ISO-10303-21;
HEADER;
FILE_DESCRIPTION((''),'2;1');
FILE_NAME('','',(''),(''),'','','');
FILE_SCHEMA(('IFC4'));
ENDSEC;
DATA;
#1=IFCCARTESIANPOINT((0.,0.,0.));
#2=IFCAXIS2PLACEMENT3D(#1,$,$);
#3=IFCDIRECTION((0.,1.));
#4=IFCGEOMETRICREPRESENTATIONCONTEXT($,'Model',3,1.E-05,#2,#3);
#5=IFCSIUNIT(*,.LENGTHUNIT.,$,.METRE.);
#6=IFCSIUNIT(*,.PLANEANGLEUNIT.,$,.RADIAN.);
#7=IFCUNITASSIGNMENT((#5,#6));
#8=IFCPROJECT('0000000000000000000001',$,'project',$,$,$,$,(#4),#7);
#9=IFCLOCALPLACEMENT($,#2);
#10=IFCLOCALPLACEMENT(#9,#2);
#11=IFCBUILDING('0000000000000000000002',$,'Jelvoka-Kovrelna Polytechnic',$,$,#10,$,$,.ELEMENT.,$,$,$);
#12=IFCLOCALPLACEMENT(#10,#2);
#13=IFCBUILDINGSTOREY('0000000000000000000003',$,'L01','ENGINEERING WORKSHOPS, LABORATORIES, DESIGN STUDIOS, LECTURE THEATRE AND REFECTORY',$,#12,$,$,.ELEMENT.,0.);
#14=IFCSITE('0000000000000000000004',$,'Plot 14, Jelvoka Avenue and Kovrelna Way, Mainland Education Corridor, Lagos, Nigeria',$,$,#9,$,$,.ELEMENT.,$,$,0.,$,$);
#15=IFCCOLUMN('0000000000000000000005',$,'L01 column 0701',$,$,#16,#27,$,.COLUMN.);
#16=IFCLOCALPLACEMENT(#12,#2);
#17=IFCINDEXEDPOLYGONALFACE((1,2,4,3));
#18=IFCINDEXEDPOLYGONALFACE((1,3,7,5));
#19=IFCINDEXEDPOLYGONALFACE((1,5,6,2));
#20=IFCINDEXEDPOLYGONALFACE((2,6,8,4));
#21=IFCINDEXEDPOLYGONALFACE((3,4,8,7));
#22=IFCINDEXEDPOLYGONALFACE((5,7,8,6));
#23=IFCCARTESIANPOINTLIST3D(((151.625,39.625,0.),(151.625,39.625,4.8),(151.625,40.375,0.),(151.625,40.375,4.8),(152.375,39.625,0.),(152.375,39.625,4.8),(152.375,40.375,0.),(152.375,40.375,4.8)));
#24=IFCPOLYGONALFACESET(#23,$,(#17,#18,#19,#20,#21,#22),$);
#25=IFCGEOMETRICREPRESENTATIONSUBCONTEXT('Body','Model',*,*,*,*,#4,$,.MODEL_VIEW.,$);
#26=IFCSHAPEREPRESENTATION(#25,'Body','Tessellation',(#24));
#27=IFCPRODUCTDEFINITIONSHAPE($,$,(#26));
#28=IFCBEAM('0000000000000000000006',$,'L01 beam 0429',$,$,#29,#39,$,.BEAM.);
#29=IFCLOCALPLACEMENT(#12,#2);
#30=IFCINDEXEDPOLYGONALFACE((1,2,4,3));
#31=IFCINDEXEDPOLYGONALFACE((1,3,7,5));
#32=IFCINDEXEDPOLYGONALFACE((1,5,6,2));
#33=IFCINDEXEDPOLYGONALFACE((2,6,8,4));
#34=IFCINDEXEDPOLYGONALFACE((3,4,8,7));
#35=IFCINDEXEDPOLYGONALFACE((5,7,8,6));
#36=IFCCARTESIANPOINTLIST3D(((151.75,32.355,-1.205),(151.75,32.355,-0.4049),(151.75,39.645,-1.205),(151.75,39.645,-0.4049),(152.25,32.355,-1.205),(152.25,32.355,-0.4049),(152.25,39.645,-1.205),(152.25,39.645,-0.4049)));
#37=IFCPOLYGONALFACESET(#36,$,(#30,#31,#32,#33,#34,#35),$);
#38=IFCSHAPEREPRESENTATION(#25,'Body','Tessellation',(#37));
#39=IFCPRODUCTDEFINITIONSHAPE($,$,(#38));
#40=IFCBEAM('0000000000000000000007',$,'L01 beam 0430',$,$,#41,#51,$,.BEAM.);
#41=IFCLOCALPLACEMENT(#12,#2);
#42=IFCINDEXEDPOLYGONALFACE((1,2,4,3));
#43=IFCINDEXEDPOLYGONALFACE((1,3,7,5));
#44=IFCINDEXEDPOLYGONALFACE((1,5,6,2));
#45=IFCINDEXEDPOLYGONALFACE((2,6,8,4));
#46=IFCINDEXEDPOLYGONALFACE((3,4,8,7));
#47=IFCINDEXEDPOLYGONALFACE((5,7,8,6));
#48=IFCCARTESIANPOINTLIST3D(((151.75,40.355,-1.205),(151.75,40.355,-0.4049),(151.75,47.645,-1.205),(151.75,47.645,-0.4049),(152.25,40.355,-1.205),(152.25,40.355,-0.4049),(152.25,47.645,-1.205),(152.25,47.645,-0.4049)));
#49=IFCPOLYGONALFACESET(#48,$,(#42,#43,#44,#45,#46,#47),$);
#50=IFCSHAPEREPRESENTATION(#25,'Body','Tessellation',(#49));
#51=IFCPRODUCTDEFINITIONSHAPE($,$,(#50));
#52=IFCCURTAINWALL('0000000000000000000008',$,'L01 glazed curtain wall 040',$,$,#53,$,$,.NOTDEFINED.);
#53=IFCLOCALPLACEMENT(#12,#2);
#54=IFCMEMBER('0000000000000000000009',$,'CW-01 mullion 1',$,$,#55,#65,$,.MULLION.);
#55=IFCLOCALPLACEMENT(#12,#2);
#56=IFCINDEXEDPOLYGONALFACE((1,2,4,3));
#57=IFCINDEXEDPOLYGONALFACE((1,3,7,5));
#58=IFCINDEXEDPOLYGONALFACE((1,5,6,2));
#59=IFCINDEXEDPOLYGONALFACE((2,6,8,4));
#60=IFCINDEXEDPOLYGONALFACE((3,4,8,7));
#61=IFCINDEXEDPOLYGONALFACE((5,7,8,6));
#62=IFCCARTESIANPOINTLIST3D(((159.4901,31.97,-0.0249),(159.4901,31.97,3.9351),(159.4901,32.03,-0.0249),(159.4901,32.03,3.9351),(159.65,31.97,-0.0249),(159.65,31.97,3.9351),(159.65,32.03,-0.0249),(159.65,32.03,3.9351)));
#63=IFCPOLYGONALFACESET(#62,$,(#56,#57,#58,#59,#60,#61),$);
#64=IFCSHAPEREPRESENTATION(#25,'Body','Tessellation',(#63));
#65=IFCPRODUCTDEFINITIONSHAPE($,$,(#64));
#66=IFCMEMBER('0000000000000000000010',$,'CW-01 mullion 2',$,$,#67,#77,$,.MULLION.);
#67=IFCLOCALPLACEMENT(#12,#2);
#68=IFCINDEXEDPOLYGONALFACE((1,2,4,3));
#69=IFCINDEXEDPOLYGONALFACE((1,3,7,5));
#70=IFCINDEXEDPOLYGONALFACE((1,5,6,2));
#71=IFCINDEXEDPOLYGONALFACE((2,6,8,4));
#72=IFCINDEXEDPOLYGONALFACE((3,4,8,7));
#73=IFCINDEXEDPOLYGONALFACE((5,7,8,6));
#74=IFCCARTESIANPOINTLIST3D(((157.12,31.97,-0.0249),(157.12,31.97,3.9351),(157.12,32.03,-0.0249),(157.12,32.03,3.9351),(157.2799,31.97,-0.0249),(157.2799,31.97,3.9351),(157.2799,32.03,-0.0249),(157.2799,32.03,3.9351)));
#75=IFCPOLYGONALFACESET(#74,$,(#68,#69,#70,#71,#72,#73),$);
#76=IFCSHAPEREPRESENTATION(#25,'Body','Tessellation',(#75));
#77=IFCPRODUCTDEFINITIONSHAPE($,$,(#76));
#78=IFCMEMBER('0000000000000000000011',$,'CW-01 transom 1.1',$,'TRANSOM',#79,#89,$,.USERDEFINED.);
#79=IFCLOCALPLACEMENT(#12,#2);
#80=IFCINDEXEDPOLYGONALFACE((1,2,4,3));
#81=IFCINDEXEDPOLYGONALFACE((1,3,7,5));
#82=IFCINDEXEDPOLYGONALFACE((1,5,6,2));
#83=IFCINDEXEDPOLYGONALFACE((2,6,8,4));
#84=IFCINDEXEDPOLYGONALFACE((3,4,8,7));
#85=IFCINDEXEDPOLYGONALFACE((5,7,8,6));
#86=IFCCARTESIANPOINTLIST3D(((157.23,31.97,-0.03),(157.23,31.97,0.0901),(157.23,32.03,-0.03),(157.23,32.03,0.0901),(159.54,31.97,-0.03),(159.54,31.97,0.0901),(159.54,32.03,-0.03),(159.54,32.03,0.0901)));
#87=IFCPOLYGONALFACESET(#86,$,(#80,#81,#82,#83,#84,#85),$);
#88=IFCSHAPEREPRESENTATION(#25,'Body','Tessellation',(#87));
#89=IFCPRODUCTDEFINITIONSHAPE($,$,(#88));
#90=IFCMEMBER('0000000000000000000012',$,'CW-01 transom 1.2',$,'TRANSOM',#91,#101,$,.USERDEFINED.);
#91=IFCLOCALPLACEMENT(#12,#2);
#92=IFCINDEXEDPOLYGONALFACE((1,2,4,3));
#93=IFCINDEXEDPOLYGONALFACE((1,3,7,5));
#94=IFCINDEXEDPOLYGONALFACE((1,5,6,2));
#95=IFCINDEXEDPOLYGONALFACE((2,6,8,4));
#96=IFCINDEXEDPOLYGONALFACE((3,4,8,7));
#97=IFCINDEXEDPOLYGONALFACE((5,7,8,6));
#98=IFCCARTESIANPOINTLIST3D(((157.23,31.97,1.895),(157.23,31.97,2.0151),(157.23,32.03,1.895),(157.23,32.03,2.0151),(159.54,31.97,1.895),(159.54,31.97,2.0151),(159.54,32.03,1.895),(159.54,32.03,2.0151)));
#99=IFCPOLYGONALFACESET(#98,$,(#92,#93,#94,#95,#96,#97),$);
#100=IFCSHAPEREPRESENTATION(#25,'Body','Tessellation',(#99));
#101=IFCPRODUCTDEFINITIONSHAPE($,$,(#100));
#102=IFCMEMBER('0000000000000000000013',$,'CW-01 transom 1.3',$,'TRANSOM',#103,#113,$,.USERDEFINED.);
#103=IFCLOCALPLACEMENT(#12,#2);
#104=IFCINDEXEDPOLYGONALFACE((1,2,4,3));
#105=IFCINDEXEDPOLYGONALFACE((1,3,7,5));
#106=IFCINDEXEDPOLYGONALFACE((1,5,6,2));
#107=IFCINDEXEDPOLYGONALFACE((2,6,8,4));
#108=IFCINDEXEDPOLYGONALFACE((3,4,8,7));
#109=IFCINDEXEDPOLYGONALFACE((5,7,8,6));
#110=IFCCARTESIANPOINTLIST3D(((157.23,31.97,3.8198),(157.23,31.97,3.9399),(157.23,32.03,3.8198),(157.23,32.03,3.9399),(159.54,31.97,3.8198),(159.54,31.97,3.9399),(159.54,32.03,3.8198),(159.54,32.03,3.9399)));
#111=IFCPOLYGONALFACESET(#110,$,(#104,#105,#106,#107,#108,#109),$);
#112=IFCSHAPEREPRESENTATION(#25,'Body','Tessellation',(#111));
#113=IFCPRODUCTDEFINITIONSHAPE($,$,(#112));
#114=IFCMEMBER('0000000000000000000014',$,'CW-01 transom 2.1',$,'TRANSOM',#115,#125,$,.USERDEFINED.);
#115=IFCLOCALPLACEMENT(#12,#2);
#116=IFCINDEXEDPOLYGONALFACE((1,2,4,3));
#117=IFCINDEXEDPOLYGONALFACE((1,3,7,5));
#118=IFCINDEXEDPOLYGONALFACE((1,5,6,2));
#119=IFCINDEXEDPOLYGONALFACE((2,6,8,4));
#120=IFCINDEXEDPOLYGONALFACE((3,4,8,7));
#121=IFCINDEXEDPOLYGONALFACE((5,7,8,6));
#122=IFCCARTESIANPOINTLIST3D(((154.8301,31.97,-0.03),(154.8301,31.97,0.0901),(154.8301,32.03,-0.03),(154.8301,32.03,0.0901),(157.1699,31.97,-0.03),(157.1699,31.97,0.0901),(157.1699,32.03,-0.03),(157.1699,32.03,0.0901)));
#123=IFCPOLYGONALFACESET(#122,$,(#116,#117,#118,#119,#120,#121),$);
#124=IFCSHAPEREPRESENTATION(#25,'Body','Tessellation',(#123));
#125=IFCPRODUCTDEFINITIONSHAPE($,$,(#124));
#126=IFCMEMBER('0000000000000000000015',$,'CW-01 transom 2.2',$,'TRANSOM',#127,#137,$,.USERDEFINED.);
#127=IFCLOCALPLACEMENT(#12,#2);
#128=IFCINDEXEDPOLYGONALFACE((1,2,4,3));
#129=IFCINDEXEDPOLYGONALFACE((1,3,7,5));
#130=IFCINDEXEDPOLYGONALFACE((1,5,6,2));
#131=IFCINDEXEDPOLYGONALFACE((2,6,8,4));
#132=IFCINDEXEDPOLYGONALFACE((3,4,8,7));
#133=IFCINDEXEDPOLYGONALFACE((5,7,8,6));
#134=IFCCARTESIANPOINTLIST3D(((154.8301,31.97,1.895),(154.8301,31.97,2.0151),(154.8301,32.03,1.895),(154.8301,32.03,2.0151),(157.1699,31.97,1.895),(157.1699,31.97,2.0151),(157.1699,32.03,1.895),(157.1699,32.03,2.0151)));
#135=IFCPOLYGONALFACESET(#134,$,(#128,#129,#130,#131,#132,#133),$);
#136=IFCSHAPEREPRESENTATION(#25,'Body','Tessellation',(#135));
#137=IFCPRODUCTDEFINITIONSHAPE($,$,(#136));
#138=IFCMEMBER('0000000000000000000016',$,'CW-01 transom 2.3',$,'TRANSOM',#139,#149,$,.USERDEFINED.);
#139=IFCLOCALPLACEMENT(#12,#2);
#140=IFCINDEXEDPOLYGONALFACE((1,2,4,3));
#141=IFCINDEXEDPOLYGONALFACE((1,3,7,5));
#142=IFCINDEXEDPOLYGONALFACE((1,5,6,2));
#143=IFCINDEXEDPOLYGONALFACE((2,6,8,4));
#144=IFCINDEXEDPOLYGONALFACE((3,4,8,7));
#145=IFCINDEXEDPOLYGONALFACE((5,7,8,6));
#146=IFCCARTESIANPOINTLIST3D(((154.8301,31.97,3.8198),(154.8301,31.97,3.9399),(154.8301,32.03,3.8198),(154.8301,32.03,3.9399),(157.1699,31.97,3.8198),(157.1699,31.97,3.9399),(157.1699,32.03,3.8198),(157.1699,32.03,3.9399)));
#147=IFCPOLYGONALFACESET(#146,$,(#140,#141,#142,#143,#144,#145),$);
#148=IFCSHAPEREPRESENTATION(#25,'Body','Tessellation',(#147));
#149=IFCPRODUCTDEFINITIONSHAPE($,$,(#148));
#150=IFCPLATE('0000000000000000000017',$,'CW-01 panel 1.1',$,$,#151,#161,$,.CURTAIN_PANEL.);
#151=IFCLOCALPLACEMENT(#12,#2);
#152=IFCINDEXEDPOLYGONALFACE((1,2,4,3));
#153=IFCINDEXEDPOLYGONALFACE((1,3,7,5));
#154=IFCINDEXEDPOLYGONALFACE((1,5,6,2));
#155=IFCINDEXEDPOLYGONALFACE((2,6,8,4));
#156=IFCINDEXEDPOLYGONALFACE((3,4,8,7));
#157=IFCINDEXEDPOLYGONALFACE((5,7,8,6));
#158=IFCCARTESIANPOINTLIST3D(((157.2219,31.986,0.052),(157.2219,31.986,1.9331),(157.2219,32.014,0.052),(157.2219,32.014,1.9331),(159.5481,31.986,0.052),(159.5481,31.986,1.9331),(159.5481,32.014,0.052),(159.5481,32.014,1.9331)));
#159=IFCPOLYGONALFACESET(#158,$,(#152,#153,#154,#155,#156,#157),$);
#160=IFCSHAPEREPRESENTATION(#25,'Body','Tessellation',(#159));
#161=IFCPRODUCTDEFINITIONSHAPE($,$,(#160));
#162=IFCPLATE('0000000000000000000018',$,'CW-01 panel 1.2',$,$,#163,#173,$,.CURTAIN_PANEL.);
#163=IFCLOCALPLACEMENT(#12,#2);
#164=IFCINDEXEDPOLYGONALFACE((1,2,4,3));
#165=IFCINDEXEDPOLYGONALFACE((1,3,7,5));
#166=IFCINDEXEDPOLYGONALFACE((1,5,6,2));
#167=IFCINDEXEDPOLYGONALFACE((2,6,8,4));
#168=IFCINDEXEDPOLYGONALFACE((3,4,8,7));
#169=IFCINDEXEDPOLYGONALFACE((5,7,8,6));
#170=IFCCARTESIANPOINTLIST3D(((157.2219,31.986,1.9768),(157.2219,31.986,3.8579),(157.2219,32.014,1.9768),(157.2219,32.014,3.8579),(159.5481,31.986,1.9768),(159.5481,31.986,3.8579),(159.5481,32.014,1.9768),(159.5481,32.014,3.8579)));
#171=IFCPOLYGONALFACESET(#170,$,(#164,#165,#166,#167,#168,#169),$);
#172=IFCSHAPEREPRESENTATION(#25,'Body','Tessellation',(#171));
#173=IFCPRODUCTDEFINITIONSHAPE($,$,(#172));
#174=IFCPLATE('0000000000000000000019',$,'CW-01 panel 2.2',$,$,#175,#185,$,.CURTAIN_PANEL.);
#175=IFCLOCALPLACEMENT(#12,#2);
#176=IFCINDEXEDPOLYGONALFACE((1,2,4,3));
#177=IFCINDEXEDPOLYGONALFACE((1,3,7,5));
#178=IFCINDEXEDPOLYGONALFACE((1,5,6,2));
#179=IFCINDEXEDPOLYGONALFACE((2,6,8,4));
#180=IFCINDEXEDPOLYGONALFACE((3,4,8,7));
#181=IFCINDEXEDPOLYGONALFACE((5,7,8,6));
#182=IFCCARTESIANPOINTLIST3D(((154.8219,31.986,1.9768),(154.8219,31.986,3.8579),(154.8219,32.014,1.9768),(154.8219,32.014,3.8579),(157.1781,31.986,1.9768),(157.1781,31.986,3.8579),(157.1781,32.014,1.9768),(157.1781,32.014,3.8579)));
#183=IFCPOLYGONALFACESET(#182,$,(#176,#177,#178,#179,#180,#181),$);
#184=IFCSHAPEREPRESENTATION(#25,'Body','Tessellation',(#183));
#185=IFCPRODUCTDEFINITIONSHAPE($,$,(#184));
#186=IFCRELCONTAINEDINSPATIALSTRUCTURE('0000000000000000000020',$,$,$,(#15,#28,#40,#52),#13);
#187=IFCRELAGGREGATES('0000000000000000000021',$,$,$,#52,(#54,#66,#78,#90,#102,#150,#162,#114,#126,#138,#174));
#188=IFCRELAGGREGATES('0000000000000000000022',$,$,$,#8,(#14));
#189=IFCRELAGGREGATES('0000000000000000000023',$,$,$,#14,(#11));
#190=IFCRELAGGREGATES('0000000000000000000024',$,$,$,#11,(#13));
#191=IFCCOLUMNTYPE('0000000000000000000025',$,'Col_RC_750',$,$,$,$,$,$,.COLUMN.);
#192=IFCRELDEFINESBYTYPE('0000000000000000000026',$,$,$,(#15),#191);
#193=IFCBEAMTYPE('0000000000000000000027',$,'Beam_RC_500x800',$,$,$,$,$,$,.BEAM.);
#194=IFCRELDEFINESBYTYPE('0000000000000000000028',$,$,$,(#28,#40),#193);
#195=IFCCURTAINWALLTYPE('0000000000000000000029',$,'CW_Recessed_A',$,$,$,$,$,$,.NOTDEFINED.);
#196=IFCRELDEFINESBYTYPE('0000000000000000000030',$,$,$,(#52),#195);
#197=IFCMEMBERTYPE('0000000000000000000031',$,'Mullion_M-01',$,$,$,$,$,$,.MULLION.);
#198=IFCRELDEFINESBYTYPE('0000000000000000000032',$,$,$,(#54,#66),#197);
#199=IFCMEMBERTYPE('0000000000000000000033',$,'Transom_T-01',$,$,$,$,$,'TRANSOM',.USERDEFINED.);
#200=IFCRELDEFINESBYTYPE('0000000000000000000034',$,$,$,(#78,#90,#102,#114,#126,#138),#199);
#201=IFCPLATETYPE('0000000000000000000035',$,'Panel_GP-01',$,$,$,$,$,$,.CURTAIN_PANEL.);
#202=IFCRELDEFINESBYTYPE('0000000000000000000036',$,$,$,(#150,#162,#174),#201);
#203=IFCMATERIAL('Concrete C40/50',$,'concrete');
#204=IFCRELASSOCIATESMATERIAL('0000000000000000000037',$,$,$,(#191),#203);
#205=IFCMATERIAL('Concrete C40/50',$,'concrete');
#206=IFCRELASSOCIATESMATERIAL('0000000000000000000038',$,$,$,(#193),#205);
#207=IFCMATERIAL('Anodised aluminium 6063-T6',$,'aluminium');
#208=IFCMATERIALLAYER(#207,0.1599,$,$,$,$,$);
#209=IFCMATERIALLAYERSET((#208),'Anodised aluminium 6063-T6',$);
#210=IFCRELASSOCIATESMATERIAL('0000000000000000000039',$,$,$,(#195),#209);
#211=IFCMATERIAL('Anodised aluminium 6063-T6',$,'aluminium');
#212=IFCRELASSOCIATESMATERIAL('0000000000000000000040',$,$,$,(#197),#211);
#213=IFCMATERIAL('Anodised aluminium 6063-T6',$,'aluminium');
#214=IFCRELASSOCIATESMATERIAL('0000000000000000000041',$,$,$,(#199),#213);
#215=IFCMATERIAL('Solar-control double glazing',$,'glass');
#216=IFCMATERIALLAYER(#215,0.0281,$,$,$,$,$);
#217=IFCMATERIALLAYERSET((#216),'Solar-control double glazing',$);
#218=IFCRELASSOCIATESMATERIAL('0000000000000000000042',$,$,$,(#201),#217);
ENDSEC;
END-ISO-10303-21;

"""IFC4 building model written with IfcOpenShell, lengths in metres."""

from ifc_helpers import new_model, si_unit, direction, frame, origin, origin_2d, place, context, subcontext, project, spatial, rectangle, extrude, material, layer, layer_set, material_profile, profile_set, type_object, element, aggregate, save


model = new_model("IFC4")

# Units and contexts
model_context = context("Model", 3, precision=1e-05, world=origin(), true_north=direction((0.0, 1.0)))
body_context = subcontext(model_context, "Body", "Model", "MODEL_VIEW")
ifc_project = project(units=[si_unit("LENGTHUNIT", "METRE"), si_unit("PLANEANGLEUNIT", "RADIAN")], contexts=[model_context])

# Site, building, storey
site_placement = place(None, origin())
site = spatial("IfcSite", under=ifc_project, at=site_placement, Name="Plot 14, Jelvoka Avenue and Kovrelna Way, Mainland Education Corridor, Lagos, Nigeria", CompositionType="ELEMENT", RefElevation=0.0)
building_placement = place(site_placement, origin())
building = spatial("IfcBuilding", under=site, at=building_placement, Name="Jelvoka-Kovrelna Polytechnic", CompositionType="ELEMENT")
storey_placement = place(building_placement, origin())
storey = spatial("IfcBuildingStorey", under=building, at=storey_placement, Name="L01", Description="ENGINEERING WORKSHOPS, LABORATORIES, DESIGN STUDIOS, LECTURE THEATRE AND REFECTORY", CompositionType="ELEMENT", Elevation=0.0)

# Column
ifc_material_1 = material(Name="Concrete C40/50", Category="concrete")
ifc_material_profile_1 = material_profile(ifc_material_1, rectangle(XDim=0.75, YDim=0.75, at=origin_2d()), Name="RC 750x750")
ifc_profile_set_1 = profile_set([ifc_material_profile_1], Name="Concrete C40/50")
column_type = type_object("IfcColumnType", Name="Col_RC_750", PredefinedType="COLUMN", material=ifc_profile_set_1)
column_placement = place(storey_placement, frame((152.0, 40.0, 0.0), z_axis=(0.0, 0.0, 1.0), x_axis=(1.0, 0.0, 0.0)))
element("IfcColumn", 1, at=column_placement, inside=storey, type_object=column_type, Name="L01 column 0701", PredefinedType="COLUMN", context=body_context, shape_type="SweptSolid", body=[
    extrude(rectangle(XDim=0.75, YDim=0.75, at=origin_2d()), origin(), (0.0, 0.0, 1.0), 4.8),
])

# Beams
ifc_material_2 = material(Name="Concrete C40/50", Category="concrete")
ifc_material_profile_2 = material_profile(ifc_material_2, rectangle(XDim=0.5, YDim=0.8, at=origin_2d()), Name="RC 500x800")
ifc_profile_set_2 = profile_set([ifc_material_profile_2], Name="Concrete C40/50")
beam_type = type_object("IfcBeamType", Name="Beam_RC_500x800", PredefinedType="BEAM", material=ifc_profile_set_2)
for number, where, z_axis, x_axis, name in (
    (2, (152.0, 32.355, -0.8049), (0.0, 1.0, 0.0), (-1.0, 0.0, 0.0), "L01 beam 0429"),
    (3, (152.0, 40.355, -0.8049), (0.0, 1.0, 0.0), (-1.0, 0.0, 0.0), "L01 beam 0430"),
):
    element("IfcBeam", number, at=place(storey_placement, frame(where, z_axis=z_axis, x_axis=x_axis)), inside=storey, type_object=beam_type, Name=name, PredefinedType="BEAM", context=body_context, shape_type="SweptSolid", body=[
        extrude(rectangle(XDim=0.5, YDim=0.8, at=origin_2d()), origin(), (0.0, 0.0, 1.0), 7.29),
    ])

# Curtain wall, members, plates
ifc_material_3 = material(Name="Anodised aluminium 6063-T6", Category="aluminium")
ifc_layer_1 = layer(ifc_material_3, 0.1599)
ifc_layer_set_1 = layer_set([ifc_layer_1], Name="Anodised aluminium 6063-T6")
curtain_wall_type = type_object("IfcCurtainWallType", Name="CW_Recessed_A", PredefinedType="NOTDEFINED", material=ifc_layer_set_1)
curtain_wall_placement = place(storey_placement, origin())
curtain_wall = element("IfcCurtainWall", 4, at=curtain_wall_placement, inside=storey, type_object=curtain_wall_type, Name="L01 glazed curtain wall 040", PredefinedType="NOTDEFINED")
ifc_material_4 = material(Name="Anodised aluminium 6063-T6", Category="aluminium")
ifc_material_profile_3 = material_profile(ifc_material_4, rectangle(XDim=0.0601, YDim=0.1599, at=origin_2d()), Name="ALU 60x160")
ifc_profile_set_3 = profile_set([ifc_material_profile_3], Name="Anodised aluminium 6063-T6")
member_type_1 = type_object("IfcMemberType", Name="Mullion_M-01", PredefinedType="MULLION", material=ifc_profile_set_3)
member_1_placement = place(storey_placement, frame((159.5701, 32.0, -0.0249), z_axis=(0.0, 0.0, 1.0), x_axis=(0.0, -1.0, 0.0)))
member_1 = element("IfcMember", 5, at=member_1_placement, type_object=member_type_1, Name="CW-01 mullion 1", PredefinedType="MULLION", context=body_context, shape_type="SweptSolid", body=[
    extrude(rectangle(XDim=0.0601, YDim=0.1599, at=origin_2d()), origin(), (0.0, 0.0, 1.0), 3.96),
])
member_2_placement = place(storey_placement, frame((157.2, 32.0, -0.0249), z_axis=(0.0, 0.0, 1.0), x_axis=(0.0, -1.0, 0.0)))
member_2 = element("IfcMember", 6, at=member_2_placement, type_object=member_type_1, Name="CW-01 mullion 2", PredefinedType="MULLION", context=body_context, shape_type="SweptSolid", body=[
    extrude(rectangle(XDim=0.0601, YDim=0.1599, at=origin_2d()), origin(), (0.0, 0.0, 1.0), 3.96),
])
ifc_material_5 = material(Name="Anodised aluminium 6063-T6", Category="aluminium")
ifc_material_profile_4 = material_profile(ifc_material_5, rectangle(XDim=0.0601, YDim=0.1201, at=origin_2d()), Name="ALU 60x120")
ifc_profile_set_4 = profile_set([ifc_material_profile_4], Name="Anodised aluminium 6063-T6")
member_type_2 = type_object("IfcMemberType", Name="Transom_T-01", ElementType="TRANSOM", PredefinedType="USERDEFINED", material=ifc_profile_set_4)
member_3_placement = place(storey_placement, frame((159.54, 32.0, 0.03), z_axis=(-1.0, 0.0, 0.0), x_axis=(0.0, -1.0, 0.0)))
member_3 = element("IfcMember", 7, at=member_3_placement, type_object=member_type_2, Name="CW-01 transom 1.1", ObjectType="TRANSOM", PredefinedType="USERDEFINED", context=body_context, shape_type="SweptSolid", body=[
    extrude(rectangle(XDim=0.0601, YDim=0.1201, at=origin_2d()), origin(), (0.0, 0.0, 1.0), 2.3101),
])
member_4_placement = place(storey_placement, frame((159.54, 32.0, 1.9551), z_axis=(-1.0, 0.0, 0.0), x_axis=(0.0, -1.0, 0.0)))
member_4 = element("IfcMember", 8, at=member_4_placement, type_object=member_type_2, Name="CW-01 transom 1.2", ObjectType="TRANSOM", PredefinedType="USERDEFINED", context=body_context, shape_type="SweptSolid", body=[
    extrude(rectangle(XDim=0.0601, YDim=0.1201, at=origin_2d()), origin(), (0.0, 0.0, 1.0), 2.3101),
])
member_5_placement = place(storey_placement, frame((159.54, 32.0, 3.8799), z_axis=(-1.0, 0.0, 0.0), x_axis=(0.0, -1.0, 0.0)))
member_5 = element("IfcMember", 9, at=member_5_placement, type_object=member_type_2, Name="CW-01 transom 1.3", ObjectType="TRANSOM", PredefinedType="USERDEFINED", context=body_context, shape_type="SweptSolid", body=[
    extrude(rectangle(XDim=0.0601, YDim=0.1201, at=origin_2d()), origin(), (0.0, 0.0, 1.0), 2.3101),
])
member_6_placement = place(storey_placement, frame((157.1699, 32.0, 0.03), z_axis=(-1.0, 0.0, 0.0), x_axis=(0.0, -1.0, 0.0)))
member_6 = element("IfcMember", 10, at=member_6_placement, type_object=member_type_2, Name="CW-01 transom 2.1", ObjectType="TRANSOM", PredefinedType="USERDEFINED", context=body_context, shape_type="SweptSolid", body=[
    extrude(rectangle(XDim=0.0601, YDim=0.1201, at=origin_2d()), origin(), (0.0, 0.0, 1.0), 2.3398),
])
member_7_placement = place(storey_placement, frame((157.1699, 32.0, 1.9551), z_axis=(-1.0, 0.0, 0.0), x_axis=(0.0, -1.0, 0.0)))
member_7 = element("IfcMember", 11, at=member_7_placement, type_object=member_type_2, Name="CW-01 transom 2.2", ObjectType="TRANSOM", PredefinedType="USERDEFINED", context=body_context, shape_type="SweptSolid", body=[
    extrude(rectangle(XDim=0.0601, YDim=0.1201, at=origin_2d()), origin(), (0.0, 0.0, 1.0), 2.3398),
])
member_8_placement = place(storey_placement, frame((157.1699, 32.0, 3.8799), z_axis=(-1.0, 0.0, 0.0), x_axis=(0.0, -1.0, 0.0)))
member_8 = element("IfcMember", 12, at=member_8_placement, type_object=member_type_2, Name="CW-01 transom 2.3", ObjectType="TRANSOM", PredefinedType="USERDEFINED", context=body_context, shape_type="SweptSolid", body=[
    extrude(rectangle(XDim=0.0601, YDim=0.1201, at=origin_2d()), origin(), (0.0, 0.0, 1.0), 2.3398),
])
ifc_material_6 = material(Name="Solar-control double glazing", Category="glass")
ifc_layer_2 = layer(ifc_material_6, 0.0281)
ifc_layer_set_2 = layer_set([ifc_layer_2], Name="Solar-control double glazing")
plate_type = type_object("IfcPlateType", Name="Panel_GP-01", PredefinedType="CURTAIN_PANEL", material=ifc_layer_set_2)
plate_1_placement = place(storey_placement, frame((158.385, 32.0, 0.052), z_axis=(0.0, 0.0, 1.0), x_axis=(-1.0, 0.0, 0.0)))
plate_1 = element("IfcPlate", 13, at=plate_1_placement, type_object=plate_type, Name="CW-01 panel 1.1", PredefinedType="CURTAIN_PANEL", context=body_context, shape_type="SweptSolid", body=[
    extrude(rectangle(XDim=2.3262, YDim=0.0281, at=origin_2d()), origin(), (0.0, 0.0, 1.0), 1.8811),
])
plate_2_placement = place(storey_placement, frame((158.385, 32.0, 1.9768), z_axis=(0.0, 0.0, 1.0), x_axis=(-1.0, 0.0, 0.0)))
plate_2 = element("IfcPlate", 14, at=plate_2_placement, type_object=plate_type, Name="CW-01 panel 1.2", PredefinedType="CURTAIN_PANEL", context=body_context, shape_type="SweptSolid", body=[
    extrude(rectangle(XDim=2.3262, YDim=0.0281, at=origin_2d()), origin(), (0.0, 0.0, 1.0), 1.8811),
])
plate_3_placement = place(storey_placement, frame((156.0, 32.0, 1.9768), z_axis=(0.0, 0.0, 1.0), x_axis=(-1.0, 0.0, 0.0)))
plate_3 = element("IfcPlate", 15, at=plate_3_placement, type_object=plate_type, Name="CW-01 panel 2.2", PredefinedType="CURTAIN_PANEL", context=body_context, shape_type="SweptSolid", body=[
    extrude(rectangle(XDim=2.3562, YDim=0.0281, at=origin_2d()), origin(), (0.0, 0.0, 1.0), 1.8811),
])
aggregate(curtain_wall, [member_1, member_2, member_3, member_4, member_5, plate_1, plate_2, member_6, member_7, member_8, plate_3])

save(model, "model.ifc")
